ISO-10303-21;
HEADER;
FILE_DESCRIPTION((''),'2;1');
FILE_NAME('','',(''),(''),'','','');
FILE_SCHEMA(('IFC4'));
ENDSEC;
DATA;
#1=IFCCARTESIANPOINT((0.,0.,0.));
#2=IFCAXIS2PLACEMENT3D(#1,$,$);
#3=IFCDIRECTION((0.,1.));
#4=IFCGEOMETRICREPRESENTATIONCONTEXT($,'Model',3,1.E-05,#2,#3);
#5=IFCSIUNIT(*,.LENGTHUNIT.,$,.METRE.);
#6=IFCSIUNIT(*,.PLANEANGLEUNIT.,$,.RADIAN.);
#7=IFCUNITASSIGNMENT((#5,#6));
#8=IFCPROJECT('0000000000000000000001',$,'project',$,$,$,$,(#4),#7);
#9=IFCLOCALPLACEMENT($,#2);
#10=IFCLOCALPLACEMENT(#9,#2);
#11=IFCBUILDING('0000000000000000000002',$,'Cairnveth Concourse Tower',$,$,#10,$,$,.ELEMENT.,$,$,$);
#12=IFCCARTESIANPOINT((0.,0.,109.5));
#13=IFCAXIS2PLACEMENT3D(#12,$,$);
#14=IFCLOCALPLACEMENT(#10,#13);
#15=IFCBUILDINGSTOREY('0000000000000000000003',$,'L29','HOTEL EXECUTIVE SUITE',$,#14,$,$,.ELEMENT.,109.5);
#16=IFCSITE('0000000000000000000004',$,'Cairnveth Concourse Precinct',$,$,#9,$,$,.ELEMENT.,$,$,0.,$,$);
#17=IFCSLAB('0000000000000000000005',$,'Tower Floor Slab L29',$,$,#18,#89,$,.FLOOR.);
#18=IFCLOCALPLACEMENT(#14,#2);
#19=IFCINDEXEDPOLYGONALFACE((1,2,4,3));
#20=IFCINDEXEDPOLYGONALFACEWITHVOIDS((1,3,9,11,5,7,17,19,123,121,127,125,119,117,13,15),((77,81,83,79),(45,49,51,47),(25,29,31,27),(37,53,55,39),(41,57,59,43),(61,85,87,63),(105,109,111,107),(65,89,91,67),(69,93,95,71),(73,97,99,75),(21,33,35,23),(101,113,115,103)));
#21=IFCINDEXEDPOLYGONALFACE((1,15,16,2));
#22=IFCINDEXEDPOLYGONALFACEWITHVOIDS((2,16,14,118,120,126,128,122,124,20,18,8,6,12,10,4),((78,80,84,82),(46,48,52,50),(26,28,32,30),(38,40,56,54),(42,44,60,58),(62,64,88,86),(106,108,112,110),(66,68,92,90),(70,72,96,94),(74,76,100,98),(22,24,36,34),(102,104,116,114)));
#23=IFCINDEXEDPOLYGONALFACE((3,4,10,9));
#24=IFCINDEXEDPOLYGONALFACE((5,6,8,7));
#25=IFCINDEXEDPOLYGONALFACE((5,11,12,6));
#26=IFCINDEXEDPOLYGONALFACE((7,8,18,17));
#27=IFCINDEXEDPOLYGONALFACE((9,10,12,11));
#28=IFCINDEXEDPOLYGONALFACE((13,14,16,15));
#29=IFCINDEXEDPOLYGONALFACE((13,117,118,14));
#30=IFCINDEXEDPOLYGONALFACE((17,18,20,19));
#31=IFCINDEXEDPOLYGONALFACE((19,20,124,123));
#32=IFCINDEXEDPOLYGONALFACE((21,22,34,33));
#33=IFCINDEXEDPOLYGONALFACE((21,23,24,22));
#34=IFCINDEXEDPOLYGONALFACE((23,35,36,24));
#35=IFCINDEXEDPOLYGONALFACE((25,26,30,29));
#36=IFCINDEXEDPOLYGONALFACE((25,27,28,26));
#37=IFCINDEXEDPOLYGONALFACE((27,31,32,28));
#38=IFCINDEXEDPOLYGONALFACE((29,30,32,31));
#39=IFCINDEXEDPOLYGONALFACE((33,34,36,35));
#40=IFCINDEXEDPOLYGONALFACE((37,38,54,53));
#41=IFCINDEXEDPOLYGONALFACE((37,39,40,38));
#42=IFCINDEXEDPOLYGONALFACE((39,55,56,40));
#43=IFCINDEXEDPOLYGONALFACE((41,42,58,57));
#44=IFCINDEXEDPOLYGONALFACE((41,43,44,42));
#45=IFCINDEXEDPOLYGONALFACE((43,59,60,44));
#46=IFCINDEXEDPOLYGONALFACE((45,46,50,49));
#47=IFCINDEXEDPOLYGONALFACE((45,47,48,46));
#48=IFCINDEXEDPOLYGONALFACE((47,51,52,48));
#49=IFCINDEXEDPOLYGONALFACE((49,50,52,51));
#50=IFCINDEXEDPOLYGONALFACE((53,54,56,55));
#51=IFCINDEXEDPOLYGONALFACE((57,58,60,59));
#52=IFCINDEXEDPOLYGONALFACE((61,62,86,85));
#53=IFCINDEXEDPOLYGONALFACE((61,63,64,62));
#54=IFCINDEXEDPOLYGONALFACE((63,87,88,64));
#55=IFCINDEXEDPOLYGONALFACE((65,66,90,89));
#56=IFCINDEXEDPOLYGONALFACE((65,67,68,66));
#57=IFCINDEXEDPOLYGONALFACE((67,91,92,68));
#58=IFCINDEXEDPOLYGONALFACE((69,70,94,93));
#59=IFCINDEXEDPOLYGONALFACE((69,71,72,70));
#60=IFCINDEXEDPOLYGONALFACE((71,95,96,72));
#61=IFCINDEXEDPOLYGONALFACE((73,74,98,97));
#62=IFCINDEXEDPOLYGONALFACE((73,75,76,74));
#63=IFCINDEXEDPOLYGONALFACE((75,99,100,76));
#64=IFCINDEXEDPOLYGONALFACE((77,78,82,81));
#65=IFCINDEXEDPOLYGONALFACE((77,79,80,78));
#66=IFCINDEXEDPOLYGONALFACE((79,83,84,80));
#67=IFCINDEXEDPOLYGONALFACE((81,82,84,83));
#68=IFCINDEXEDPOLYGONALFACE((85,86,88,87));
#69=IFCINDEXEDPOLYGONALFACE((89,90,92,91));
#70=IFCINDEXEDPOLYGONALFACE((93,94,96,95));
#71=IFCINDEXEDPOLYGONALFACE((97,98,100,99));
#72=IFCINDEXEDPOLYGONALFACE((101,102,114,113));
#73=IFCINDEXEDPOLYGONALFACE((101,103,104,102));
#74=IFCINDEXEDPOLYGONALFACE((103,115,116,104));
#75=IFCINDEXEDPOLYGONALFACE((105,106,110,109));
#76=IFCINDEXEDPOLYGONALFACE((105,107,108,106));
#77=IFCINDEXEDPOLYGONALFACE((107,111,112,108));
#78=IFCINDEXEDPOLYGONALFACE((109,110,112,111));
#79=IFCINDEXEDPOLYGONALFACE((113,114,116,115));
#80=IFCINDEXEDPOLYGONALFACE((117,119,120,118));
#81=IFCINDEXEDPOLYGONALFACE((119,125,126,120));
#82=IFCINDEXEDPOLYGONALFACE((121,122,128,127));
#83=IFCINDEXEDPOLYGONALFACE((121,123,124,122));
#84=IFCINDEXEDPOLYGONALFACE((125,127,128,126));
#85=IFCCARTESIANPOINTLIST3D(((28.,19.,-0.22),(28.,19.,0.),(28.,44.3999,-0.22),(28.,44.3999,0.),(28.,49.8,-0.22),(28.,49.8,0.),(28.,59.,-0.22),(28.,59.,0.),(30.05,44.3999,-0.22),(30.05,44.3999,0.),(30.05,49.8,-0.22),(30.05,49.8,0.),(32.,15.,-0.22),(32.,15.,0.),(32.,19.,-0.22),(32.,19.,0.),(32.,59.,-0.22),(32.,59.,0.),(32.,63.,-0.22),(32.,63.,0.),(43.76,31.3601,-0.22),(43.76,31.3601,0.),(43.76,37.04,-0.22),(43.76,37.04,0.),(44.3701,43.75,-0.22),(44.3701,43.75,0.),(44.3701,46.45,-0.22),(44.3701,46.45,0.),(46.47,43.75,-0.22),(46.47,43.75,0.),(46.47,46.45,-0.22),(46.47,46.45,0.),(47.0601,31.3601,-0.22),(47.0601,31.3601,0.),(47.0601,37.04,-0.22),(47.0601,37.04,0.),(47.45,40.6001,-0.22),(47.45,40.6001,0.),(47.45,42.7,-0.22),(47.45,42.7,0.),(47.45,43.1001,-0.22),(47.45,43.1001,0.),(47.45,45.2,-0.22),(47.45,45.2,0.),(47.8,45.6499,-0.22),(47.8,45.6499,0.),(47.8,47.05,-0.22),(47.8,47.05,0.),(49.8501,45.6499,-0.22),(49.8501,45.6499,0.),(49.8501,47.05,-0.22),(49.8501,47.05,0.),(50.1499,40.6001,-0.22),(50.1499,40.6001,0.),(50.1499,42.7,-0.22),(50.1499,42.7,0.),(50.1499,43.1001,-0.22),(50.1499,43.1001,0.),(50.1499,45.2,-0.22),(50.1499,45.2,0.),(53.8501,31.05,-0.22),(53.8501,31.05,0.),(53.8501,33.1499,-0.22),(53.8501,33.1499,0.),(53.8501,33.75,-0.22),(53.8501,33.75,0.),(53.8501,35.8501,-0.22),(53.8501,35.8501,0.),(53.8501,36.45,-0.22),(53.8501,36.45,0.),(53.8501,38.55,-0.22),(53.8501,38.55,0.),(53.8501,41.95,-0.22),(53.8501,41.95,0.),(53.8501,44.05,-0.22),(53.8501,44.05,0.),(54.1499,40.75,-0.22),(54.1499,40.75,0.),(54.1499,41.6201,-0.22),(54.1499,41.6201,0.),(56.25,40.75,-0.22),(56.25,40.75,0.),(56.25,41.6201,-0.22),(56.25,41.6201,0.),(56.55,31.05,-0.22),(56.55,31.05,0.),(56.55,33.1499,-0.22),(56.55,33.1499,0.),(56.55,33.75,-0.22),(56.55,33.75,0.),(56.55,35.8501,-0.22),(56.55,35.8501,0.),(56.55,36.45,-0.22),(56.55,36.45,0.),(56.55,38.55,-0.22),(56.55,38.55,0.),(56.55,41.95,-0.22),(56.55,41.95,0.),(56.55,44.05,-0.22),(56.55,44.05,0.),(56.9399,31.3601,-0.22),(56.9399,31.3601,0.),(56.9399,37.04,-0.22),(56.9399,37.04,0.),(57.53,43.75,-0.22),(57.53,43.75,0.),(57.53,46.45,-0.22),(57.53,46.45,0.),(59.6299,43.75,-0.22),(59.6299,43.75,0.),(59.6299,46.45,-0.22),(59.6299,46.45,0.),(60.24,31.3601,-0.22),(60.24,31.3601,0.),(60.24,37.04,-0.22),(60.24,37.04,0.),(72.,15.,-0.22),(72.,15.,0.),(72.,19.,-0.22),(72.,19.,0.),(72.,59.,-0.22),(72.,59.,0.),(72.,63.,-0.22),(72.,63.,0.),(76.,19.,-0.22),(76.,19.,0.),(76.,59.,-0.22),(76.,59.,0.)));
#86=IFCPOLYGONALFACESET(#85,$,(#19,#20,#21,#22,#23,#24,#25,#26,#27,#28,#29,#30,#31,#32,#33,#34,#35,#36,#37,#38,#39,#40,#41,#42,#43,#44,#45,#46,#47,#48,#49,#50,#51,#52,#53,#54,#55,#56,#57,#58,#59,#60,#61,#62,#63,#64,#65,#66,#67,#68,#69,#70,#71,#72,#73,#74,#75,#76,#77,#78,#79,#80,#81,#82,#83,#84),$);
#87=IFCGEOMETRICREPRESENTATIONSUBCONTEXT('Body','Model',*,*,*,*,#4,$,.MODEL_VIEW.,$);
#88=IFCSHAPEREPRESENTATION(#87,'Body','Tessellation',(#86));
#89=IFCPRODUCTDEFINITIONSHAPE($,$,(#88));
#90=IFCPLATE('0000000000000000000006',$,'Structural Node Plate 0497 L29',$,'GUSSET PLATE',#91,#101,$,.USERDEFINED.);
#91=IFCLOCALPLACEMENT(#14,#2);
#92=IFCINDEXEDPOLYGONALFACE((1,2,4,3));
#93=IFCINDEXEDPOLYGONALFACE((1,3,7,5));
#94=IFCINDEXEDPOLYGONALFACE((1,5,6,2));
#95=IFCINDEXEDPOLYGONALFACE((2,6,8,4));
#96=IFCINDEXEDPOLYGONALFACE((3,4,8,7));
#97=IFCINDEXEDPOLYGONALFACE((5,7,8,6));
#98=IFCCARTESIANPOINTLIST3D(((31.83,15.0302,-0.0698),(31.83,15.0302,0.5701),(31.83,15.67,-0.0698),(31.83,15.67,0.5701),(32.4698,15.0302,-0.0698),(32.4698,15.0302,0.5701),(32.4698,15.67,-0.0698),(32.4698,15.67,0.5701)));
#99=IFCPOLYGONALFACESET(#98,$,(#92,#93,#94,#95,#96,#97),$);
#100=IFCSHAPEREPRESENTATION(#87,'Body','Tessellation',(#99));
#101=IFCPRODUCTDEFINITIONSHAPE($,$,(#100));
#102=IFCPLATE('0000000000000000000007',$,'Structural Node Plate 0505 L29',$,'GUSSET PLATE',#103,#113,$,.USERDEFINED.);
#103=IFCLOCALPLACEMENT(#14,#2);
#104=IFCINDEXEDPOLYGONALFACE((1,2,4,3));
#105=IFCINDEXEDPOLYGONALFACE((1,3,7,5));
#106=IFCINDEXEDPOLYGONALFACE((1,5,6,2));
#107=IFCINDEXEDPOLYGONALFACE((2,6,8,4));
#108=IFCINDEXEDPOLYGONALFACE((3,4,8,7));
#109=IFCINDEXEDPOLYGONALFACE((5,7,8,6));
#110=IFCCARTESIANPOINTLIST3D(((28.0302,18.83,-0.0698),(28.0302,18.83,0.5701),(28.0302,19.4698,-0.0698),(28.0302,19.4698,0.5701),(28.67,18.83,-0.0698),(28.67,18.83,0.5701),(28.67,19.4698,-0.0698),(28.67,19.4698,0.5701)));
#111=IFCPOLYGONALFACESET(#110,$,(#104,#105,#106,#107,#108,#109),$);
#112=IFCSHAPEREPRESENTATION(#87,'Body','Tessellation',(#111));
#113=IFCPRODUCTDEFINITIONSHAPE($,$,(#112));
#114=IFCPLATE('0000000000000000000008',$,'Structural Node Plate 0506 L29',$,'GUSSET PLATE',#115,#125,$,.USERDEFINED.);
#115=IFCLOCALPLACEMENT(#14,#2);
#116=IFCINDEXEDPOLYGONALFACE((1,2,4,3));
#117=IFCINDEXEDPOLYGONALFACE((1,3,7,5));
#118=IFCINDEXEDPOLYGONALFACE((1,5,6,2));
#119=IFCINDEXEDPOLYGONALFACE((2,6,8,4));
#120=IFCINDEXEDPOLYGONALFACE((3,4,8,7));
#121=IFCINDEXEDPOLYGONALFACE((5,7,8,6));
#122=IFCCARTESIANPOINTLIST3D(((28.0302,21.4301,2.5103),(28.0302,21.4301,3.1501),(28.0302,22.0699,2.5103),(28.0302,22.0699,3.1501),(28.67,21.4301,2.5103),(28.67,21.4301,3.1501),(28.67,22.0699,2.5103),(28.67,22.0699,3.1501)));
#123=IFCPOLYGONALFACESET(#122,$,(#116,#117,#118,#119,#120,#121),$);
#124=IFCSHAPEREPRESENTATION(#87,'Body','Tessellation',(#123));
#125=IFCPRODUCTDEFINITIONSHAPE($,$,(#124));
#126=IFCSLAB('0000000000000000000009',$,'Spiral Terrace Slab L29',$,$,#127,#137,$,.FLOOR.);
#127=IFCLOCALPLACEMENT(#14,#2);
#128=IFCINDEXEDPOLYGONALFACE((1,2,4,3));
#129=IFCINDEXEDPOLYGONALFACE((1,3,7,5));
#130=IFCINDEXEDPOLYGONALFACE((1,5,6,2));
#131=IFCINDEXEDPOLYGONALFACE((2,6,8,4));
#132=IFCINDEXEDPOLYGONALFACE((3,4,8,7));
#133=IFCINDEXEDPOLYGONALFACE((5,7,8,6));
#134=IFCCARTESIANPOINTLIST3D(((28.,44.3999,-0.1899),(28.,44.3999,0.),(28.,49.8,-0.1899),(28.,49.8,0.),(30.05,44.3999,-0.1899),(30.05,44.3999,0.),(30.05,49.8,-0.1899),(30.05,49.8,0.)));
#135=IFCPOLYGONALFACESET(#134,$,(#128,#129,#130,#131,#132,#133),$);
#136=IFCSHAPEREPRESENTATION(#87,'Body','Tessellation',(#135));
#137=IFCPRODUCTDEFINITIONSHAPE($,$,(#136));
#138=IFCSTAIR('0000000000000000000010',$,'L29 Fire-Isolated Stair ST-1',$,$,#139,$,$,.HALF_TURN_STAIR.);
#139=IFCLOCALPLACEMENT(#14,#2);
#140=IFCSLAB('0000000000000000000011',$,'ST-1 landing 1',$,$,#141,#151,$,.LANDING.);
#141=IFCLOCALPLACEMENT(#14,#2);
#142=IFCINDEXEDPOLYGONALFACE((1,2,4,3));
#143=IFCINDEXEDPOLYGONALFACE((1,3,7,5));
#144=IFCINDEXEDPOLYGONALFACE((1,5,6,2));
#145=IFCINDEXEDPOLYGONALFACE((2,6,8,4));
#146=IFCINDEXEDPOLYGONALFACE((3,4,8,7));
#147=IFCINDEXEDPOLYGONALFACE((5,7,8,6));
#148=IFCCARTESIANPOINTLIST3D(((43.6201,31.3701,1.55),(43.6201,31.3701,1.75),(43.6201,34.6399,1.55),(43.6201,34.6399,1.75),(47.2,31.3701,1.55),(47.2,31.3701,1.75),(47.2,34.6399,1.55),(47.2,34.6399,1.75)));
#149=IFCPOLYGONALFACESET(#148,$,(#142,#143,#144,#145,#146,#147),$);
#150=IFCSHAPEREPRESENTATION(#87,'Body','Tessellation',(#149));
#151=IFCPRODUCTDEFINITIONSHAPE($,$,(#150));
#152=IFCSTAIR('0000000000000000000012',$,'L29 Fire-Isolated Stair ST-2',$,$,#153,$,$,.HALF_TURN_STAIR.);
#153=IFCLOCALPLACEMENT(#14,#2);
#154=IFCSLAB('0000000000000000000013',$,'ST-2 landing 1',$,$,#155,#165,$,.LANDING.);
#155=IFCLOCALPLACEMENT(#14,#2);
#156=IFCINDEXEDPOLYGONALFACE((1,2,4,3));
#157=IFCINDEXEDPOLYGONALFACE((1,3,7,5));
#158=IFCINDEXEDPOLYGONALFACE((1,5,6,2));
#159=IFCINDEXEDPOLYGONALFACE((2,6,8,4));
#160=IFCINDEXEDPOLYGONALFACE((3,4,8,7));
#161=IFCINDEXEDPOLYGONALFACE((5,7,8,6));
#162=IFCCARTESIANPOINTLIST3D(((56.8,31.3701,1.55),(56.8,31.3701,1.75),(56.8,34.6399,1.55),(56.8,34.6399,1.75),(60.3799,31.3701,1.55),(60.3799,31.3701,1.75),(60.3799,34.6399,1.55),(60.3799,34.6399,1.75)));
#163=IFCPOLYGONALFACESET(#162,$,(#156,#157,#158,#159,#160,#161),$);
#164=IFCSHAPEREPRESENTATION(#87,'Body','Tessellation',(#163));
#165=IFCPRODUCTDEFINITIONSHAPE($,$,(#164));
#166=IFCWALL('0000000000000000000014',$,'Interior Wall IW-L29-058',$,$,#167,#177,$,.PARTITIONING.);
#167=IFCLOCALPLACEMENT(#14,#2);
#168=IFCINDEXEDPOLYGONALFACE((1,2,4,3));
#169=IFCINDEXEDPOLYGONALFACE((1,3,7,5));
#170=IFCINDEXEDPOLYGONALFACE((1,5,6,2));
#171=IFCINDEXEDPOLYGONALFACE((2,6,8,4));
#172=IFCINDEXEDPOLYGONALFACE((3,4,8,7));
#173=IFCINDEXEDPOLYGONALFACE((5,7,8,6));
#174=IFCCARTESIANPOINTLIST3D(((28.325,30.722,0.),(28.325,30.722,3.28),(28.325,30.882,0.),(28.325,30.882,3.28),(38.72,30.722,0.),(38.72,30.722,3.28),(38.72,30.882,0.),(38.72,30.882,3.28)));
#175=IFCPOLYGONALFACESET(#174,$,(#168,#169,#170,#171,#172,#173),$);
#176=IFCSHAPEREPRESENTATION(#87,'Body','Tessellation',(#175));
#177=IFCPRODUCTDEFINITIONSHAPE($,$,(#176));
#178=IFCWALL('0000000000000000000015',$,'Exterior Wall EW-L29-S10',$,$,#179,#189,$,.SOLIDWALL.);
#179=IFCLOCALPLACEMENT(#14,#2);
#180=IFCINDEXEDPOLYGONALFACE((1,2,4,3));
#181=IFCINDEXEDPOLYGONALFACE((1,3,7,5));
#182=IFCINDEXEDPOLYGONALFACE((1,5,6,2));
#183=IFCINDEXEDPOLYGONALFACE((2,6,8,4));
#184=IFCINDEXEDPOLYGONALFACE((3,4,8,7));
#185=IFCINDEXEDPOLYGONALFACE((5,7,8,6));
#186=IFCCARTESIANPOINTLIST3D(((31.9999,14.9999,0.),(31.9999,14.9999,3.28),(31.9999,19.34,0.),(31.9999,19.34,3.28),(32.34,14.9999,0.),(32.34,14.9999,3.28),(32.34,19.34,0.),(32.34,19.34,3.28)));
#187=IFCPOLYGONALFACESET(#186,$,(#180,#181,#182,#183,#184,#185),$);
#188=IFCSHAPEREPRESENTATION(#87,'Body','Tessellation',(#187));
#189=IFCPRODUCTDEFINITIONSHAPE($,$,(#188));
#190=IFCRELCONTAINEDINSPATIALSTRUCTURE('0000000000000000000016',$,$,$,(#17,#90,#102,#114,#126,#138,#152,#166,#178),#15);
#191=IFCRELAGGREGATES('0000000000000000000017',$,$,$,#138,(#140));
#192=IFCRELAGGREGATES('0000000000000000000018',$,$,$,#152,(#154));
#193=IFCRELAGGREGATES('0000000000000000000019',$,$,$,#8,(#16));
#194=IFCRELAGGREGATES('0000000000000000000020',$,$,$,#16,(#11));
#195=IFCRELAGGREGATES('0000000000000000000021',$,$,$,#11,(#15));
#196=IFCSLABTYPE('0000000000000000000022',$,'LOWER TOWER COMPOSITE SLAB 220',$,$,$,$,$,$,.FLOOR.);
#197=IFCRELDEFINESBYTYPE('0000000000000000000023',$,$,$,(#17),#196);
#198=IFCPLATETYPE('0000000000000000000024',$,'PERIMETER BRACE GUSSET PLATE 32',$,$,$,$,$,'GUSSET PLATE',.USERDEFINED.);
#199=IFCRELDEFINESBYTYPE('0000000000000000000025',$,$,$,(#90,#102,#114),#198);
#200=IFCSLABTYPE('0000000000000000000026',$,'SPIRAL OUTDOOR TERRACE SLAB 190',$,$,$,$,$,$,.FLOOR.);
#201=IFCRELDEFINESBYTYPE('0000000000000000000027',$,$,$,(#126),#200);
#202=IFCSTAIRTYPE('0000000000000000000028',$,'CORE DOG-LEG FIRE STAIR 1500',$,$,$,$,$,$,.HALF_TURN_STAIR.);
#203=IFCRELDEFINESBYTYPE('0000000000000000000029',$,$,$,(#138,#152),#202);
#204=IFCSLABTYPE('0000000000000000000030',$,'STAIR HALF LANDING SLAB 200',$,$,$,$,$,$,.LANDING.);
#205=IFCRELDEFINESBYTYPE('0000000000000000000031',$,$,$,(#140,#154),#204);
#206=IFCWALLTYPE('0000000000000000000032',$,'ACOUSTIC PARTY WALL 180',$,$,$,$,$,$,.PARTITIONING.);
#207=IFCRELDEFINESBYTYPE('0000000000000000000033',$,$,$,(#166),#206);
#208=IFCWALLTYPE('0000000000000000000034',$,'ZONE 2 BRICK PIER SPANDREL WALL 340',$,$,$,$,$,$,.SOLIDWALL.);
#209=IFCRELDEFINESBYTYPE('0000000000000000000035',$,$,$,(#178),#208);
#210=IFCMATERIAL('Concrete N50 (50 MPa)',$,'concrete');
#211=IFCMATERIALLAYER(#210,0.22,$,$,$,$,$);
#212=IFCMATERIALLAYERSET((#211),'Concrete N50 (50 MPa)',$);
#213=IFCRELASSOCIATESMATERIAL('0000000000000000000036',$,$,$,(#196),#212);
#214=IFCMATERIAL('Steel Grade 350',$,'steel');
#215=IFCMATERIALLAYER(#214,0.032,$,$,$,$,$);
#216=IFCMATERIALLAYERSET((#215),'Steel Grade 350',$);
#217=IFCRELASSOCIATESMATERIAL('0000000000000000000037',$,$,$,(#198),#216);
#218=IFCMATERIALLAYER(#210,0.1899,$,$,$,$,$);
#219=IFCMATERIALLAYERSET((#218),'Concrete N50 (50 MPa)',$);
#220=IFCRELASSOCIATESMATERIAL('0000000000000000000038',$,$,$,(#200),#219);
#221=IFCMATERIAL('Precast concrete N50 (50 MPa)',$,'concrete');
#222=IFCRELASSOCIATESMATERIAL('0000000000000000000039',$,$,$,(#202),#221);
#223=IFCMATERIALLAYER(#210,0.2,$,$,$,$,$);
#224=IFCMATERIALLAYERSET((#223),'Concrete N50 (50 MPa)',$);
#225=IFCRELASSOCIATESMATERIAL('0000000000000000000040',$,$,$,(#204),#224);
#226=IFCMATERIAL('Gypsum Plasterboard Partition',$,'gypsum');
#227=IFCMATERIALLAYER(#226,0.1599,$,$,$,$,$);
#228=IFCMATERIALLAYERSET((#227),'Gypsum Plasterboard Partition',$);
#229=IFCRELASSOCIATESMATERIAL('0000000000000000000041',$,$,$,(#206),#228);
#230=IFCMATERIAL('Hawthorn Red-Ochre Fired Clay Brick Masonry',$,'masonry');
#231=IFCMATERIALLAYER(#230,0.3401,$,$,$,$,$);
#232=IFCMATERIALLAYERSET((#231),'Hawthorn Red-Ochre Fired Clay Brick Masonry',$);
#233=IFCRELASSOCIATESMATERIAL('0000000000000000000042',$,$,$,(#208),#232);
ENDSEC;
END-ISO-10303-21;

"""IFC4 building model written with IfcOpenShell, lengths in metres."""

from ifc_helpers import new_model, si_unit, direction, frame, frame_2d, origin, origin_2d, place, context, subcontext, project, spatial, polyline, rectangle, outline, extrude, material, layer, layer_set, type_object, element, aggregate, save


model = new_model("IFC4")

# Units and contexts
model_context = context("Model", 3, precision=1e-05, world=origin(), true_north=direction((0.0, 1.0)))
body_context = subcontext(model_context, "Body", "Model", "MODEL_VIEW")
ifc_project = project(units=[si_unit("LENGTHUNIT", "METRE"), si_unit("PLANEANGLEUNIT", "RADIAN")], contexts=[model_context])

# Site, building, storey
site_placement = place(None, origin())
site = spatial("IfcSite", under=ifc_project, at=site_placement, Name="Cairnveth Concourse Precinct", CompositionType="ELEMENT", RefElevation=0.0)
building_placement = place(site_placement, origin())
building = spatial("IfcBuilding", under=site, at=building_placement, Name="Cairnveth Concourse Tower", CompositionType="ELEMENT")
storey_placement = place(building_placement, frame((0.0, 0.0, 109.5)))
storey = spatial("IfcBuildingStorey", under=building, at=storey_placement, Name="L29", Description="HOTEL EXECUTIVE SUITE", CompositionType="ELEMENT", Elevation=109.5)

# Shared definitions
ifc_material_1 = material(Name="Steel Grade 350", Category="steel")

# Slab
ifc_material_2 = material(Name="Concrete N50 (50 MPa)", Category="concrete")
ifc_layer_1 = layer(ifc_material_2, 0.22)
ifc_layer_set_1 = layer_set([ifc_layer_1], Name="Concrete N50 (50 MPa)")
slab_type_1 = type_object("IfcSlabType", Name="LOWER TOWER COMPOSITE SLAB 220", PredefinedType="FLOOR", material=ifc_layer_set_1)
slab_1_placement = place(storey_placement, frame((0.0, 0.0, -0.22)))
element("IfcSlab", 1, at=slab_1_placement, inside=storey, type_object=slab_type_1, Name="Tower Floor Slab L29", PredefinedType="FLOOR", context=body_context, shape_type="SweptSolid", body=[
    extrude(outline(polyline([(28.0, 49.8), (30.05, 49.8), (30.05, 44.3999), (28.0, 44.3999), (28.0, 19.0), (32.0, 19.0), (32.0, 15.0), (72.0, 15.0), (72.0, 19.0), (76.0, 19.0), (76.0, 59.0), (72.0, 59.0), (72.0, 63.0), (32.0, 63.0), (32.0, 59.0), (28.0, 59.0), (28.0, 49.8)]), holes=[polyline([(43.76, 31.3601), (47.0601, 31.3601), (47.0601, 37.04), (43.76, 37.04), (43.76, 31.3601)]), polyline([(56.9399, 31.3601), (60.24, 31.3601), (60.24, 37.04), (56.9399, 37.04), (56.9399, 31.3601)]), polyline([(44.3701, 43.75), (46.47, 43.75), (46.47, 46.45), (44.3701, 46.45), (44.3701, 43.75)]), polyline([(57.53, 43.75), (59.6299, 43.75), (59.6299, 46.45), (57.53, 46.45), (57.53, 43.75)]), polyline([(53.8501, 31.05), (56.55, 31.05), (56.55, 33.1499), (53.8501, 33.1499), (53.8501, 31.05)]), polyline([(53.8501, 33.75), (56.55, 33.75), (56.55, 35.8501), (53.8501, 35.8501), (53.8501, 33.75)]), polyline([(53.8501, 36.45), (56.55, 36.45), (56.55, 38.55), (53.8501, 38.55), (53.8501, 36.45)]), polyline([(47.45, 40.6001), (50.1499, 40.6001), (50.1499, 42.7), (47.45, 42.7), (47.45, 40.6001)]), polyline([(47.45, 43.1001), (50.1499, 43.1001), (50.1499, 45.2), (47.45, 45.2), (47.45, 43.1001)]), polyline([(53.8501, 41.95), (56.55, 41.95), (56.55, 44.05), (53.8501, 44.05), (53.8501, 41.95)]), polyline([(47.8, 45.6499), (49.8501, 45.6499), (49.8501, 47.05), (47.8, 47.05), (47.8, 45.6499)]), polyline([(54.1499, 40.75), (56.25, 40.75), (56.25, 41.6201), (54.1499, 41.6201), (54.1499, 40.75)])]), origin(), (0.0, 0.0, 1.0), 0.22),
])

# Plates
ifc_layer_2 = layer(ifc_material_1, 0.032)
ifc_layer_set_2 = layer_set([ifc_layer_2], Name="Steel Grade 350")
plate_type = type_object("IfcPlateType", Name="PERIMETER BRACE GUSSET PLATE 32", ElementType="GUSSET PLATE", PredefinedType="USERDEFINED", material=ifc_layer_set_2)
for number, where, z_axis, x_axis, name in (
    (2, (32.1499, 15.3501, -0.0698), (0.0, 0.0, 1.0), (1.0, 0.0, 0.0), "Structural Node Plate 0497 L29"),
    (3, (28.3501, 19.1499, -0.0698), (0.0, 0.0, 1.0), (1.0, 0.0, 0.0), "Structural Node Plate 0505 L29"),
    (4, (28.3501, 21.75, 2.5103), (0.0, 0.0, 1.0), (1.0, 0.0, 0.0), "Structural Node Plate 0506 L29"),
):
    element("IfcPlate", number, at=place(storey_placement, frame(where, z_axis=z_axis, x_axis=x_axis)), inside=storey, type_object=plate_type, Name=name, ObjectType="GUSSET PLATE", PredefinedType="USERDEFINED", context=body_context, shape_type="SweptSolid", body=[
        extrude(rectangle(XDim=0.6399, YDim=0.6399, at=origin_2d()), origin(), (0.0, 0.0, 1.0), 0.6399),
    ])

# Slab
ifc_layer_3 = layer(ifc_material_2, 0.1899)
ifc_layer_set_3 = layer_set([ifc_layer_3], Name="Concrete N50 (50 MPa)")
slab_type_2 = type_object("IfcSlabType", Name="SPIRAL OUTDOOR TERRACE SLAB 190", PredefinedType="FLOOR", material=ifc_layer_set_3)
slab_2_placement = place(storey_placement, frame((0.0, 0.0, -0.1899)))
element("IfcSlab", 5, at=slab_2_placement, inside=storey, type_object=slab_type_2, Name="Spiral Terrace Slab L29", PredefinedType="FLOOR", context=body_context, shape_type="SweptSolid", body=[
    extrude(outline(polyline([(28.0, 44.3999), (30.05, 44.3999), (30.05, 49.8), (28.0, 49.8), (28.0, 44.3999)])), origin(), (0.0, 0.0, 1.0), 0.1899),
])

# Stairs, slabs
ifc_material_3 = material(Name="Precast concrete N50 (50 MPa)", Category="concrete")
stair_type = type_object("IfcStairType", Name="CORE DOG-LEG FIRE STAIR 1500", PredefinedType="HALF_TURN_STAIR", material=ifc_material_3)
stair_1_placement = place(storey_placement, origin())
stair_1 = element("IfcStair", 6, at=stair_1_placement, inside=storey, type_object=stair_type, Name="L29 Fire-Isolated Stair ST-1", PredefinedType="HALF_TURN_STAIR")
ifc_layer_4 = layer(ifc_material_2, 0.2)
ifc_layer_set_4 = layer_set([ifc_layer_4], Name="Concrete N50 (50 MPa)")
slab_type_3 = type_object("IfcSlabType", Name="STAIR HALF LANDING SLAB 200", PredefinedType="LANDING", material=ifc_layer_set_4)
slab_3_placement = place(storey_placement, frame((0.0, 0.0, 1.55)))
slab_3 = element("IfcSlab", 7, at=slab_3_placement, type_object=slab_type_3, Name="ST-1 landing 1", PredefinedType="LANDING", context=body_context, shape_type="SweptSolid", body=[
    extrude(outline(polyline([(43.6201, 34.6399), (43.6201, 31.3701), (47.2, 31.3701), (47.2, 34.6399), (43.6201, 34.6399)])), origin(), (0.0, 0.0, 1.0), 0.2),
])
aggregate(stair_1, [slab_3])
stair_2_placement = place(storey_placement, origin())
stair_2 = element("IfcStair", 8, at=stair_2_placement, inside=storey, type_object=stair_type, Name="L29 Fire-Isolated Stair ST-2", PredefinedType="HALF_TURN_STAIR")
slab_4_placement = place(storey_placement, frame((0.0, 0.0, 1.55)))
slab_4 = element("IfcSlab", 9, at=slab_4_placement, type_object=slab_type_3, Name="ST-2 landing 1", PredefinedType="LANDING", context=body_context, shape_type="SweptSolid", body=[
    extrude(outline(polyline([(56.8, 34.6399), (56.8, 31.3701), (60.3799, 31.3701), (60.3799, 34.6399), (56.8, 34.6399)])), origin(), (0.0, 0.0, 1.0), 0.2),
])
aggregate(stair_2, [slab_4])

# Walls
ifc_material_4 = material(Name="Gypsum Plasterboard Partition", Category="gypsum")
ifc_layer_5 = layer(ifc_material_4, 0.1599)
ifc_layer_set_5 = layer_set([ifc_layer_5], Name="Gypsum Plasterboard Partition")
wall_type_1 = type_object("IfcWallType", Name="ACOUSTIC PARTY WALL 180", PredefinedType="PARTITIONING", material=ifc_layer_set_5)
wall_1_placement = place(storey_placement, frame((28.325, 30.802, 0.0), z_axis=(0.0, 0.0, 1.0), x_axis=(1.0, 0.0, 0.0)))
element("IfcWall", 10, at=wall_1_placement, inside=storey, type_object=wall_type_1, Name="Interior Wall IW-L29-058", PredefinedType="PARTITIONING", context=body_context, shape_type="SweptSolid", body=[
    extrude(rectangle(XDim=10.395, YDim=0.1599, at=frame_2d((5.1975, 0.0))), origin(), (0.0, 0.0, 1.0), 3.28),
])
ifc_material_5 = material(Name="Hawthorn Red-Ochre Fired Clay Brick Masonry", Category="masonry")
ifc_layer_6 = layer(ifc_material_5, 0.3401)
ifc_layer_set_6 = layer_set([ifc_layer_6], Name="Hawthorn Red-Ochre Fired Clay Brick Masonry")
wall_type_2 = type_object("IfcWallType", Name="ZONE 2 BRICK PIER SPANDREL WALL 340", PredefinedType="SOLIDWALL", material=ifc_layer_set_6)
wall_2_placement = place(storey_placement, frame((32.1699, 15.0, 0.0), z_axis=(0.0, 0.0, 1.0), x_axis=(0.0, 1.0, 0.0)))
element("IfcWall", 11, at=wall_2_placement, inside=storey, type_object=wall_type_2, Name="Exterior Wall EW-L29-S10", PredefinedType="SOLIDWALL", context=body_context, shape_type="SweptSolid", body=[
    extrude(rectangle(XDim=4.3401, YDim=0.3401, at=frame_2d((2.1699, 0.0))), origin(), (0.0, 0.0, 1.0), 3.28),
])

save(model, "model.ifc")
